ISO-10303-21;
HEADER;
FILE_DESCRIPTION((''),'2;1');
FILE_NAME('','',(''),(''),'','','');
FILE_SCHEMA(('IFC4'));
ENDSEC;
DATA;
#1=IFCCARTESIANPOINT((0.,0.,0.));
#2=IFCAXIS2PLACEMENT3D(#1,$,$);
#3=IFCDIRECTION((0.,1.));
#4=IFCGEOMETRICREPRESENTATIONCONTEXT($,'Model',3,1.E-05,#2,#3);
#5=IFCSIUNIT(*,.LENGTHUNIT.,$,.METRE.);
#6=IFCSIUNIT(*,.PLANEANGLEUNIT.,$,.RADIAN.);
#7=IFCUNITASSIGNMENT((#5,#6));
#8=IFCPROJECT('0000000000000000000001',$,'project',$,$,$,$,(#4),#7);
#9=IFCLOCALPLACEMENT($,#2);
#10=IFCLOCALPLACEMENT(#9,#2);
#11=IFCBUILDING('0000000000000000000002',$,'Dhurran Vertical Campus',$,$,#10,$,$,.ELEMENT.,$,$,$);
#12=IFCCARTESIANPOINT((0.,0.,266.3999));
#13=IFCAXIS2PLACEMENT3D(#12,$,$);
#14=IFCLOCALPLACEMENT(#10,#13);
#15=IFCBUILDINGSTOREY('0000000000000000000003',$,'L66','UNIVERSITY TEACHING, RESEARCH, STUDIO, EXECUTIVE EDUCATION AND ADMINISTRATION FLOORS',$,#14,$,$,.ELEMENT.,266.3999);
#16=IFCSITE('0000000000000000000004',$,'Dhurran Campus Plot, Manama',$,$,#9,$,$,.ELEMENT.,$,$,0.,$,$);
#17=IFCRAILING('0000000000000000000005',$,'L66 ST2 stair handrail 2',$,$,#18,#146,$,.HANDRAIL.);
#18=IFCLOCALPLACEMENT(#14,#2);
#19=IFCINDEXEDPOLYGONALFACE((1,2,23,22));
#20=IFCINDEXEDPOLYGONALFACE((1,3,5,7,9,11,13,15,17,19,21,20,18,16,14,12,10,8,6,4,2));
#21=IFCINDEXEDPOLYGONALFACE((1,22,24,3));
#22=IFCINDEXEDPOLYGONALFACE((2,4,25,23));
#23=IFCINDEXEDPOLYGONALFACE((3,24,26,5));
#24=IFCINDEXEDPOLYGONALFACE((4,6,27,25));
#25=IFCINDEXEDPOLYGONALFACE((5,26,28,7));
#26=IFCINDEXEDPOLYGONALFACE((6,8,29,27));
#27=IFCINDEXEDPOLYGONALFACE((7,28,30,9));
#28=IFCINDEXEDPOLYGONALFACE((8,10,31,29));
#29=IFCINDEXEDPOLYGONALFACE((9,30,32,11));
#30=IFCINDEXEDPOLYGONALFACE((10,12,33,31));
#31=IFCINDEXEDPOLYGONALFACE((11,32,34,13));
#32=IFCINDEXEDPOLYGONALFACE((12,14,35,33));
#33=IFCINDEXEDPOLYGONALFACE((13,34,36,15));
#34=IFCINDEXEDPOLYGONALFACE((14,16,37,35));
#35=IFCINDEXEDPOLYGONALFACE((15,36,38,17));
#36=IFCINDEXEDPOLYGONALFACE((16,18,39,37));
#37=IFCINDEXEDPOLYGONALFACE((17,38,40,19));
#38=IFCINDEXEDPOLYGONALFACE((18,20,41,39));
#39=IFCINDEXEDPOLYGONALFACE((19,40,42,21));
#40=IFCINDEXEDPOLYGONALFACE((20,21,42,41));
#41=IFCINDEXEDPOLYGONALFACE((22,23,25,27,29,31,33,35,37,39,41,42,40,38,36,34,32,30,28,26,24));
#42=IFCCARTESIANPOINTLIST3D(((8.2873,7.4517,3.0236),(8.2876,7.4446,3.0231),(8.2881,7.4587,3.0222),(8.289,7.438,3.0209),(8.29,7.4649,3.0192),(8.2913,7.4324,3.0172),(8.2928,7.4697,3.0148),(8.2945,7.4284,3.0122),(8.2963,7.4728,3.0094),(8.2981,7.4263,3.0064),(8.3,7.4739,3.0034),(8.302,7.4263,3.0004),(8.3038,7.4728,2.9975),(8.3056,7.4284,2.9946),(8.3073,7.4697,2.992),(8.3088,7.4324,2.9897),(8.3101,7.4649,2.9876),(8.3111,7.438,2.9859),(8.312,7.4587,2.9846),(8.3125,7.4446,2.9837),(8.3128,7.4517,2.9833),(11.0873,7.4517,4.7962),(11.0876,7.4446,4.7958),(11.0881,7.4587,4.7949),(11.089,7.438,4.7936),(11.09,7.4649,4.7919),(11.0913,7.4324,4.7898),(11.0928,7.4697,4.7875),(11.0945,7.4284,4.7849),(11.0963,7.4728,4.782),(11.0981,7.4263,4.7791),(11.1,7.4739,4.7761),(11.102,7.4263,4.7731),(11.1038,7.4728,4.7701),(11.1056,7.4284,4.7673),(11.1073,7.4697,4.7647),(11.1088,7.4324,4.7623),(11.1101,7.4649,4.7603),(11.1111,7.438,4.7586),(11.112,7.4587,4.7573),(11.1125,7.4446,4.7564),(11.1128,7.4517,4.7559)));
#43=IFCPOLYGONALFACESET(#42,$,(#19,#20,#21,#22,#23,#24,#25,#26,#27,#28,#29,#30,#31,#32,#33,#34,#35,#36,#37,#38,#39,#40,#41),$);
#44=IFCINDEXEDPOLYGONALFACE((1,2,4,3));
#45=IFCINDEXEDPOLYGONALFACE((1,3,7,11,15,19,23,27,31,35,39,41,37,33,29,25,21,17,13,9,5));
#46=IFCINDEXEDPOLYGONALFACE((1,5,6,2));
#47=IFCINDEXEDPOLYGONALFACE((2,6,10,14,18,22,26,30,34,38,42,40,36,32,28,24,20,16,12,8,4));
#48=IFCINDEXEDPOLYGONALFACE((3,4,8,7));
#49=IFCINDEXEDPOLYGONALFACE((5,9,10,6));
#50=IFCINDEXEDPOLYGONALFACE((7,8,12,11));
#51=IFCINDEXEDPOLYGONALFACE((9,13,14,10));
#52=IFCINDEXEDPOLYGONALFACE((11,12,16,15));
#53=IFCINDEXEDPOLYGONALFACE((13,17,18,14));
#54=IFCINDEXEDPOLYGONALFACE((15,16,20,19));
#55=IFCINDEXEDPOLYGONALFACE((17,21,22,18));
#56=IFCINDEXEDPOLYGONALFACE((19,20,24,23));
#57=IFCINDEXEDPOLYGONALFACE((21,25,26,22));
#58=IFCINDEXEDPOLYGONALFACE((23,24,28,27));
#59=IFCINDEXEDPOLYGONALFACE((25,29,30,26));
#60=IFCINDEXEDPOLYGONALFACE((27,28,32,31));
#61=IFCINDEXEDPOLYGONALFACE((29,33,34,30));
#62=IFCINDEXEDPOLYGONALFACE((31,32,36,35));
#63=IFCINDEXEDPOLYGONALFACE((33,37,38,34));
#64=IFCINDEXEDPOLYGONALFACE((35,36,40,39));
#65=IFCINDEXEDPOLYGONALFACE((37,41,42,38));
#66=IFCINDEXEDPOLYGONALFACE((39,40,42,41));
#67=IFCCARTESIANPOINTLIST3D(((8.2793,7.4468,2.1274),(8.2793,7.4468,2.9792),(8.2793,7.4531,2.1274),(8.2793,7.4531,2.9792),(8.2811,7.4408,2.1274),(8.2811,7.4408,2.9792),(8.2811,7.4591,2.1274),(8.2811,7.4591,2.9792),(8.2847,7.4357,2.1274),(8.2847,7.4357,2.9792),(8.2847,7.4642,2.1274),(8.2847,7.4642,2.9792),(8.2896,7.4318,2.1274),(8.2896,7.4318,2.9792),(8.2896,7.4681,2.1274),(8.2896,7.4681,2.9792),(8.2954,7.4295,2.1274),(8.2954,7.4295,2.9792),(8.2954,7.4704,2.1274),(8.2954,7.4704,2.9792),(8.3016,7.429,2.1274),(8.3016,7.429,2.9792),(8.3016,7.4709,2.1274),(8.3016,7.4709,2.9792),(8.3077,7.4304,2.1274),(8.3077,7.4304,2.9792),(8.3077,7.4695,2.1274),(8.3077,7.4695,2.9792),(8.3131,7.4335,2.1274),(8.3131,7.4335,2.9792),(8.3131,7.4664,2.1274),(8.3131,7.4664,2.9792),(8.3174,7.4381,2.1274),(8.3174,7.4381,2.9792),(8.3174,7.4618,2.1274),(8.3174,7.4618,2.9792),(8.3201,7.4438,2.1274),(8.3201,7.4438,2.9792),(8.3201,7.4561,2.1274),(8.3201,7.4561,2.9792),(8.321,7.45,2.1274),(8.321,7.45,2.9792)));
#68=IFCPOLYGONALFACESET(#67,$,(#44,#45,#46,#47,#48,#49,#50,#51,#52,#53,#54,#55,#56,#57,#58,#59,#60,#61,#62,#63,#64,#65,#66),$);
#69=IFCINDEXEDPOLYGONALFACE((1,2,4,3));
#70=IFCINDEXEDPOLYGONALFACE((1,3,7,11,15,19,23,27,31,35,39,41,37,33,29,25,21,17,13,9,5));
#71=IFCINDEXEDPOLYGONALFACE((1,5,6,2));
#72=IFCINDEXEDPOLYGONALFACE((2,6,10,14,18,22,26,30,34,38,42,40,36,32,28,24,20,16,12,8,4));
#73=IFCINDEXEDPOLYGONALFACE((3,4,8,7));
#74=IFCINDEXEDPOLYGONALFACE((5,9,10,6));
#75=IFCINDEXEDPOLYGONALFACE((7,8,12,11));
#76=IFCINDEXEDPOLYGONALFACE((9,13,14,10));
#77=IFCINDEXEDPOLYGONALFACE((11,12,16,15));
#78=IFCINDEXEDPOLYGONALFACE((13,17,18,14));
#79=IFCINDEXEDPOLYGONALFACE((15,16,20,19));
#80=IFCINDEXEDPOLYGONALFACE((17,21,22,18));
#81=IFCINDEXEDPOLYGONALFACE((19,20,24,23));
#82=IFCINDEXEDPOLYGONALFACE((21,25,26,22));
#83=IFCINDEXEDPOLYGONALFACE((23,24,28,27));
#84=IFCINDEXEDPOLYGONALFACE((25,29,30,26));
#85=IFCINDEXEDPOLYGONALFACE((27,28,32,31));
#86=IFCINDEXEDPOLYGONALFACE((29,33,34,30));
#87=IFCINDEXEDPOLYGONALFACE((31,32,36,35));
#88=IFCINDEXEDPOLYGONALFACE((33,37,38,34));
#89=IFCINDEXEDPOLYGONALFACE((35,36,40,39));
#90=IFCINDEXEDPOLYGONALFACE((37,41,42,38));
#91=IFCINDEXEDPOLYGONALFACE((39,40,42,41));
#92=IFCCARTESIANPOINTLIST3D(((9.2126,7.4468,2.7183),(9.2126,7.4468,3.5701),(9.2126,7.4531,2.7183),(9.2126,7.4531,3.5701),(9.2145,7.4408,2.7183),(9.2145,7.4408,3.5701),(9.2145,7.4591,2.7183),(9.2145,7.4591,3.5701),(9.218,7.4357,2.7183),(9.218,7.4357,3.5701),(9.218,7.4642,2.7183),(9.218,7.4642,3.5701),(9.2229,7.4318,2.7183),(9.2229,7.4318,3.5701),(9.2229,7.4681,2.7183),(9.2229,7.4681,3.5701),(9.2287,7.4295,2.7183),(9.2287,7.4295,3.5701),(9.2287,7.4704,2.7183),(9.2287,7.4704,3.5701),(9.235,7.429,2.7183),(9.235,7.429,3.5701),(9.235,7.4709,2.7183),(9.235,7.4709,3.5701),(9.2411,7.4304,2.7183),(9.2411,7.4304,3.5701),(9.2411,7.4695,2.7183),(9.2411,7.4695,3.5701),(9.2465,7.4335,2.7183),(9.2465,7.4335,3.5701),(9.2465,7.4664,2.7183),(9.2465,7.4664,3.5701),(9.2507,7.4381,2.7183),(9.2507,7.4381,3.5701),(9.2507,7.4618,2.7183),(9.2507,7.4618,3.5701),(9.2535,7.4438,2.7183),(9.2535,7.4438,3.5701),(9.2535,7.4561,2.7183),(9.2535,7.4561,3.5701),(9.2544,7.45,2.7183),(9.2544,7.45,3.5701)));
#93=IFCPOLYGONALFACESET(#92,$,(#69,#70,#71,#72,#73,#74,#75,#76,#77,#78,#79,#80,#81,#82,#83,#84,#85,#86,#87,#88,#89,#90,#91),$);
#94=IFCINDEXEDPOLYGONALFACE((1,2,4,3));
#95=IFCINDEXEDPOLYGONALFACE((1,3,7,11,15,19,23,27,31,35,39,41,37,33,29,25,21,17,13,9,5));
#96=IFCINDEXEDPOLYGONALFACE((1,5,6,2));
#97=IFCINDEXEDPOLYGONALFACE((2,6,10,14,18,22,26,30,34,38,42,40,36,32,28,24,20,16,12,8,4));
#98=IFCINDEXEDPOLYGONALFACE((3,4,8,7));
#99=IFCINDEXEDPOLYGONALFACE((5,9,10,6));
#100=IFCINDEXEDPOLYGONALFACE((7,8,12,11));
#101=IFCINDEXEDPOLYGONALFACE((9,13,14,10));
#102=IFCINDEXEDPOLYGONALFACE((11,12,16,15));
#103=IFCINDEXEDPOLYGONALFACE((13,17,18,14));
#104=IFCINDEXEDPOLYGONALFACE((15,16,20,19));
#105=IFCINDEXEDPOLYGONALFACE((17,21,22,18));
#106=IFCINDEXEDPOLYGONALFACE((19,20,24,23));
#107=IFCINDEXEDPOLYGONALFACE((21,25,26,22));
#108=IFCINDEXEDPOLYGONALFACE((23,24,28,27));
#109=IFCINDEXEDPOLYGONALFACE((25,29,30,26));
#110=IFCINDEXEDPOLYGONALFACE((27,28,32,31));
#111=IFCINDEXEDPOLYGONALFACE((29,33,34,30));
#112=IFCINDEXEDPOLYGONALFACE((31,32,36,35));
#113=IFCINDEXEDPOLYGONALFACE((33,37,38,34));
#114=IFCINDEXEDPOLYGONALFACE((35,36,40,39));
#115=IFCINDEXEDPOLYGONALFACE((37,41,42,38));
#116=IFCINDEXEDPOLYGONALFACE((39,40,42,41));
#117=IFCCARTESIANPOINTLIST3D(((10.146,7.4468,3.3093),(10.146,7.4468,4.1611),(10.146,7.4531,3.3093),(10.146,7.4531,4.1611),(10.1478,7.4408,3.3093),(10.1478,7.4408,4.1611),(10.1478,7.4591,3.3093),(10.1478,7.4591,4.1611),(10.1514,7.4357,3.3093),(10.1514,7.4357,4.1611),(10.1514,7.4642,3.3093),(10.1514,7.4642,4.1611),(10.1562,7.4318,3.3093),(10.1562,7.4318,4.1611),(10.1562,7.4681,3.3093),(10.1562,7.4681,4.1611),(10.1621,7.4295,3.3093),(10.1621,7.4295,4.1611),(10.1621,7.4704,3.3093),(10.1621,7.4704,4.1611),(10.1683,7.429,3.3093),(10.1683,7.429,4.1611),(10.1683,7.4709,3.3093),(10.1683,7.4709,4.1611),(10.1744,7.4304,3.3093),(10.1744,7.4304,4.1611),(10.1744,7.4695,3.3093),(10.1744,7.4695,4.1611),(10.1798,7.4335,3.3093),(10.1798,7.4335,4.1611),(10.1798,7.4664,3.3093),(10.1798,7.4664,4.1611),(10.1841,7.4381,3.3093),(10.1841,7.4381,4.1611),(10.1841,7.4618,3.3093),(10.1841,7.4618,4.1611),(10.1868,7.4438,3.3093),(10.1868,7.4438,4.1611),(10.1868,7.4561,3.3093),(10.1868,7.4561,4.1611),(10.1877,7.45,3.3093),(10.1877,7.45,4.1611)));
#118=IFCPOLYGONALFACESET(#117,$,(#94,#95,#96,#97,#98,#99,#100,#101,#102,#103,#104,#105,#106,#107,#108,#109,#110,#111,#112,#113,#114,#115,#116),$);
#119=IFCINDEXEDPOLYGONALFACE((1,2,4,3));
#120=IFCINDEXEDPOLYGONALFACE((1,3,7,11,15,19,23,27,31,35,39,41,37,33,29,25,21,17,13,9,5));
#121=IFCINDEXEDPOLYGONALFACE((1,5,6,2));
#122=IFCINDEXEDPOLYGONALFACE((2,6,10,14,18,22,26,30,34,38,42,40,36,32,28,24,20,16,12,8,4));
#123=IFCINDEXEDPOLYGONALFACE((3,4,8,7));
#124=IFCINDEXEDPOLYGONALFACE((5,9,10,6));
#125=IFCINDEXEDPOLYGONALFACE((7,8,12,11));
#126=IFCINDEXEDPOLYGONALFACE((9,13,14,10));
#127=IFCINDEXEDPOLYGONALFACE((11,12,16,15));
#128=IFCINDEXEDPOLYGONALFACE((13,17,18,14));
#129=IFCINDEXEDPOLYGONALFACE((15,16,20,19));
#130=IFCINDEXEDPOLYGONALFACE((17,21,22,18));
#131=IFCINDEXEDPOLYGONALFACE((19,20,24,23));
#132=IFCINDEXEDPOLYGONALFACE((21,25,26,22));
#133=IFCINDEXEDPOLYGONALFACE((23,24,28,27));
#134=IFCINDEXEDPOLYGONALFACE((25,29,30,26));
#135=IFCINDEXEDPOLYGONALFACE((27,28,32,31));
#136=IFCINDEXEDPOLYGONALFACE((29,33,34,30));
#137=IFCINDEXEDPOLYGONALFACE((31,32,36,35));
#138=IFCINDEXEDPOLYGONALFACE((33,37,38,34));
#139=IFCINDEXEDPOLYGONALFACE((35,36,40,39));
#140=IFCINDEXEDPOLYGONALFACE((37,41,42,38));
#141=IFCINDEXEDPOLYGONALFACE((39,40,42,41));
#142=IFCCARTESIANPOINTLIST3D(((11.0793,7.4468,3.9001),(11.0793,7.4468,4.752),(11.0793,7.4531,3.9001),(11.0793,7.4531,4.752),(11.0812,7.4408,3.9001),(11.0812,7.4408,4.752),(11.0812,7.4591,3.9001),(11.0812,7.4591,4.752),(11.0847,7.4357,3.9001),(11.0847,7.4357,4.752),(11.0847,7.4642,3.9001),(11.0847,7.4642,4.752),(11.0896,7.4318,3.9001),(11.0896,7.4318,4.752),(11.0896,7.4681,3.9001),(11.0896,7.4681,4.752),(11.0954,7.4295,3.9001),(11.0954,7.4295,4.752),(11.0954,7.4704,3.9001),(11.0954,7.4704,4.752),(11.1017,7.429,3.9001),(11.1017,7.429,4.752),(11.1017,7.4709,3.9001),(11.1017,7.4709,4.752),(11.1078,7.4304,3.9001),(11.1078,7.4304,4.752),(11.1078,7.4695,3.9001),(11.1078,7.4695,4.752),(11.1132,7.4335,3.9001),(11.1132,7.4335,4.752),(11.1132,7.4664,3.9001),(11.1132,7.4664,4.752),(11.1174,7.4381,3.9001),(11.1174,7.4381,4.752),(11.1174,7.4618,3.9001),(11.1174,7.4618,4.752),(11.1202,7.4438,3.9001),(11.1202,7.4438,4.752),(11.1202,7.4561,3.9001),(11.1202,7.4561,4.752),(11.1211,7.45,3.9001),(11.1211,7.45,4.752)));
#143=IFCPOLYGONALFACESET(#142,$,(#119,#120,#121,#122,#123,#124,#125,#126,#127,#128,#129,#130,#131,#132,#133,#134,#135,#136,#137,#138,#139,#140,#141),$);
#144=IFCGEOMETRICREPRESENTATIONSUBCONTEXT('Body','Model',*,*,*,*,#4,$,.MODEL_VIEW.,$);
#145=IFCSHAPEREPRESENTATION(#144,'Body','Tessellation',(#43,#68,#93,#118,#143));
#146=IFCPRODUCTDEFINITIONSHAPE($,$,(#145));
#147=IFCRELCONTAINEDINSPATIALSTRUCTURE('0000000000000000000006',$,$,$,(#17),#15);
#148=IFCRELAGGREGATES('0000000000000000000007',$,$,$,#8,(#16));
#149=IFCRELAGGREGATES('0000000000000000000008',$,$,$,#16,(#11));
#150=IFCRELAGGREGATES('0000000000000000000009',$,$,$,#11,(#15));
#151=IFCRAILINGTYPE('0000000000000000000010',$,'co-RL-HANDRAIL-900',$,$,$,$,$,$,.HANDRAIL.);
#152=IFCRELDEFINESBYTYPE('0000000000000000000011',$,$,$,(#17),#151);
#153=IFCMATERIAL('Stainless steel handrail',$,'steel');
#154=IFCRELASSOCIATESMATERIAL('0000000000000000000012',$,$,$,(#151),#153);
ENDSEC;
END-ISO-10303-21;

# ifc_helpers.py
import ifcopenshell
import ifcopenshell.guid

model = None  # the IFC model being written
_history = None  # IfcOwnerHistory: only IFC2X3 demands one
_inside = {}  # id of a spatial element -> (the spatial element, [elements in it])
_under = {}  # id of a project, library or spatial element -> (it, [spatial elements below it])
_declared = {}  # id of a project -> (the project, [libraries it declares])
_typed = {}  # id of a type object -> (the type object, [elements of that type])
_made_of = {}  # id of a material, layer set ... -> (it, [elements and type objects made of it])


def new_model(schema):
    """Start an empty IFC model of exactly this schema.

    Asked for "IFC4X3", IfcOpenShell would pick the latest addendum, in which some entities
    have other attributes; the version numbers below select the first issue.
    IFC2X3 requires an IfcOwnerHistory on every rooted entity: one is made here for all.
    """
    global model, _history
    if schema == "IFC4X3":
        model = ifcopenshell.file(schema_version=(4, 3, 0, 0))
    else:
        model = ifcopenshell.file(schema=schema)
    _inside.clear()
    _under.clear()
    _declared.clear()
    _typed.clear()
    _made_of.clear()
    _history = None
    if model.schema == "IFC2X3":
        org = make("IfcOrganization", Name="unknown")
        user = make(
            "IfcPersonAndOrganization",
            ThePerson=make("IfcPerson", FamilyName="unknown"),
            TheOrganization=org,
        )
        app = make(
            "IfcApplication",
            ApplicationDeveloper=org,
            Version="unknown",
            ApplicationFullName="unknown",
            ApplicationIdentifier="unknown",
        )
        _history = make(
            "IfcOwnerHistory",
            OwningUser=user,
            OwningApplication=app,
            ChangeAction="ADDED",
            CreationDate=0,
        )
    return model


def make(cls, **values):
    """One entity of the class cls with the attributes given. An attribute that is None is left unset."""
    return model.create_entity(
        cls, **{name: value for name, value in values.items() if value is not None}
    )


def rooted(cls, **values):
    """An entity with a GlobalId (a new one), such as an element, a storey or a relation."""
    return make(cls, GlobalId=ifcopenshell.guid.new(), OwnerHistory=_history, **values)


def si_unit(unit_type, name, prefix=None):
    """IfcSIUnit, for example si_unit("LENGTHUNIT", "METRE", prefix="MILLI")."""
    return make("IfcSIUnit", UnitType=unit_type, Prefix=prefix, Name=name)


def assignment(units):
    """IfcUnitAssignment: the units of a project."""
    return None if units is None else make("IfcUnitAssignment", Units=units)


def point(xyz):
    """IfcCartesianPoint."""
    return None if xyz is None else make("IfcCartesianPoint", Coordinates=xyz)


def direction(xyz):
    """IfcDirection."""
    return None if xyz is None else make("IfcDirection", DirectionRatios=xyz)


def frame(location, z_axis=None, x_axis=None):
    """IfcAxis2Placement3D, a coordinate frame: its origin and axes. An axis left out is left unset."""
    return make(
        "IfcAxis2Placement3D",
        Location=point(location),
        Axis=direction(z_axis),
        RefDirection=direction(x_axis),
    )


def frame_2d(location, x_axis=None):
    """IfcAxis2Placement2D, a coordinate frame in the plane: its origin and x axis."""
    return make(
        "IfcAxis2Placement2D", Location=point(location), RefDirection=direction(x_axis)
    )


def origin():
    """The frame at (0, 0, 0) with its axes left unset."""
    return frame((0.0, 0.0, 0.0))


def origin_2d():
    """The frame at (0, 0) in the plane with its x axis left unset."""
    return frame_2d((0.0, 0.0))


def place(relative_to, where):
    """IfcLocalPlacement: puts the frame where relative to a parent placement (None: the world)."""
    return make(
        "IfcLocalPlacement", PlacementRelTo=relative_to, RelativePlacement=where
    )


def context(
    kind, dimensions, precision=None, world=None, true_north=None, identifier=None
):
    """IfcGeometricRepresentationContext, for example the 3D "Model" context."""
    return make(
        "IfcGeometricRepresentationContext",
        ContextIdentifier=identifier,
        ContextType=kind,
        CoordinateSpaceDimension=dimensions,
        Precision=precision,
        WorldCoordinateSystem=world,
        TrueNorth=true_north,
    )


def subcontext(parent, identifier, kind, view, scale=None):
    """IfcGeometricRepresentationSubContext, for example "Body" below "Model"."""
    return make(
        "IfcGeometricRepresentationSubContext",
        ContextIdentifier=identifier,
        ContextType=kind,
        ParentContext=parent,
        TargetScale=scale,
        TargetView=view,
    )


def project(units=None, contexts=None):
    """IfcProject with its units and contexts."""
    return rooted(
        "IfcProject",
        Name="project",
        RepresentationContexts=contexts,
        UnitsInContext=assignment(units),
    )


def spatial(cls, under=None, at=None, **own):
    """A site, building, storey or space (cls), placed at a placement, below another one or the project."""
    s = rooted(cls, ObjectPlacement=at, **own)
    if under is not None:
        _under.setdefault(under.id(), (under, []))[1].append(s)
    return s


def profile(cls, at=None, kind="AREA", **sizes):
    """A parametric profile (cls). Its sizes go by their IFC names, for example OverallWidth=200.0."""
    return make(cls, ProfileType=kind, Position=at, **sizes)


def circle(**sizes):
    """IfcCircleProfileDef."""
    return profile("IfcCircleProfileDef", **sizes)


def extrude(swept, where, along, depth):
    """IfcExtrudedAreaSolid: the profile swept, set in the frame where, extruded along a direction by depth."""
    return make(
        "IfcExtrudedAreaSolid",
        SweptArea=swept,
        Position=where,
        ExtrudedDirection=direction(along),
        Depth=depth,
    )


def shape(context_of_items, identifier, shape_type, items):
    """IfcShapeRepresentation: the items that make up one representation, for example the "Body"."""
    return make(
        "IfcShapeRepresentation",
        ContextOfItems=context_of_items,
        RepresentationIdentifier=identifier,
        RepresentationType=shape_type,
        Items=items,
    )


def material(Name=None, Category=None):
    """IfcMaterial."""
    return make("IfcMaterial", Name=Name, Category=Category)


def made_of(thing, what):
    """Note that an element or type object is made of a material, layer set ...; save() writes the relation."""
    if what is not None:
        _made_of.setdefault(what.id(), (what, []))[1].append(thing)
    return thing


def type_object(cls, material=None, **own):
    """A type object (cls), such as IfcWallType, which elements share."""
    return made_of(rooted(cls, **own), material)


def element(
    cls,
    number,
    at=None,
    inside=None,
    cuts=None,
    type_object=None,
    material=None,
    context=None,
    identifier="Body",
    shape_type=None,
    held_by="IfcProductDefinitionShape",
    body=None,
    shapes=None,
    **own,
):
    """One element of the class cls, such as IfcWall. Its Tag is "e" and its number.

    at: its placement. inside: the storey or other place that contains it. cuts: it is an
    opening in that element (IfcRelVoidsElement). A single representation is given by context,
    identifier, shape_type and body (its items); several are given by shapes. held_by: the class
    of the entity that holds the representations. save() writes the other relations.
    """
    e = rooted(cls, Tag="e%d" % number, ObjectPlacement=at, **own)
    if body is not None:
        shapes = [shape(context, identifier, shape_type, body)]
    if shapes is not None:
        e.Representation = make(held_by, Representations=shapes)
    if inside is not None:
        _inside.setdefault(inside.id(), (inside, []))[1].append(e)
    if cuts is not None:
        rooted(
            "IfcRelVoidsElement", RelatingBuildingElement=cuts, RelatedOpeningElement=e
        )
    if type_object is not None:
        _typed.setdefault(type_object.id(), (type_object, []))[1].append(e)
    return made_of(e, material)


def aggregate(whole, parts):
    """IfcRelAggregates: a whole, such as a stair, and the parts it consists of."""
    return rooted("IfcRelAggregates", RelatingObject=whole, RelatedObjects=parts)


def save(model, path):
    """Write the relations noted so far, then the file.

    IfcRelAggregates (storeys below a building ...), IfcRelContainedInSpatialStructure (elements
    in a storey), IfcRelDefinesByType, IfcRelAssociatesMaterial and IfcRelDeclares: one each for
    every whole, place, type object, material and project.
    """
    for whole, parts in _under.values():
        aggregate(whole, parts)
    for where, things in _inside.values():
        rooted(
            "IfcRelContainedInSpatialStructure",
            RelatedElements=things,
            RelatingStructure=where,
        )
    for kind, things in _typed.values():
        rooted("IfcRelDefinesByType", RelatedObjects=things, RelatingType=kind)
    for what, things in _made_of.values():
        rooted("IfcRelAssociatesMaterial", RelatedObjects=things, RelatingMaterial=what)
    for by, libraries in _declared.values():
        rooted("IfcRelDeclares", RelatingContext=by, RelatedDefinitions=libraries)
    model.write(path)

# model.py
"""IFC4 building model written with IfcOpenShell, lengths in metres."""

from ifc_helpers import new_model, si_unit, direction, frame, origin, origin_2d, place, context, subcontext, project, spatial, circle, extrude, material, type_object, element, save


model = new_model("IFC4")

# Units and contexts
model_context = context("Model", 3, precision=1e-05, world=origin(), true_north=direction((0.0, 1.0)))
body_context = subcontext(model_context, "Body", "Model", "MODEL_VIEW")
ifc_project = project(units=[si_unit("LENGTHUNIT", "METRE"), si_unit("PLANEANGLEUNIT", "RADIAN")], contexts=[model_context])

# Site, building, storey
site_placement = place(None, origin())
site = spatial("IfcSite", under=ifc_project, at=site_placement, Name="Dhurran Campus Plot, Manama", CompositionType="ELEMENT", RefElevation=0.0)
building_placement = place(site_placement, origin())
building = spatial("IfcBuilding", under=site, at=building_placement, Name="Dhurran Vertical Campus", CompositionType="ELEMENT")
storey_placement = place(building_placement, frame((0.0, 0.0, 266.3999)))
storey = spatial("IfcBuildingStorey", under=building, at=storey_placement, Name="L66", Description="UNIVERSITY TEACHING, RESEARCH, STUDIO, EXECUTIVE EDUCATION AND ADMINISTRATION FLOORS", CompositionType="ELEMENT", Elevation=266.3999)

# Railing
ifc_material_1 = material(Name="Stainless steel handrail", Category="steel")
railing_type_1 = type_object("IfcRailingType", Name="co-RL-HANDRAIL-900", PredefinedType="HANDRAIL", material=ifc_material_1)
railing_1_placement = place(storey_placement, frame((8.3, 7.45, 2.1274)))
element("IfcRailing", 1, at=railing_1_placement, inside=storey, type_object=railing_type_1, Name="L66 ST2 stair handrail 2", PredefinedType="HANDRAIL", context=body_context, shape_type="SweptSolid", body=[
    extrude(circle(Radius=0.0239, at=origin_2d()), frame((0.0, 0.0, 0.876), z_axis=(0.844909, 0.0, 0.53491), x_axis=(0.0, 1.0, 0.0)), (0.0, 0.0, 1.0), 3.314),
    extrude(circle(Radius=0.021, at=origin_2d()), origin(), (0.0, 0.0, 1.0), 0.8518),
    extrude(circle(Radius=0.021, at=origin_2d()), frame((0.9333, 0.0, 0.5908)), (0.0, 0.0, 1.0), 0.8518),
    extrude(circle(Radius=0.021, at=origin_2d()), frame((1.8667, 0.0, 1.1819)), (0.0, 0.0, 1.0), 0.8518),
    extrude(circle(Radius=0.021, at=origin_2d()), frame((2.8, 0.0, 1.7727)), (0.0, 0.0, 1.0), 0.8518),
])

save(model, "model.ifc")
